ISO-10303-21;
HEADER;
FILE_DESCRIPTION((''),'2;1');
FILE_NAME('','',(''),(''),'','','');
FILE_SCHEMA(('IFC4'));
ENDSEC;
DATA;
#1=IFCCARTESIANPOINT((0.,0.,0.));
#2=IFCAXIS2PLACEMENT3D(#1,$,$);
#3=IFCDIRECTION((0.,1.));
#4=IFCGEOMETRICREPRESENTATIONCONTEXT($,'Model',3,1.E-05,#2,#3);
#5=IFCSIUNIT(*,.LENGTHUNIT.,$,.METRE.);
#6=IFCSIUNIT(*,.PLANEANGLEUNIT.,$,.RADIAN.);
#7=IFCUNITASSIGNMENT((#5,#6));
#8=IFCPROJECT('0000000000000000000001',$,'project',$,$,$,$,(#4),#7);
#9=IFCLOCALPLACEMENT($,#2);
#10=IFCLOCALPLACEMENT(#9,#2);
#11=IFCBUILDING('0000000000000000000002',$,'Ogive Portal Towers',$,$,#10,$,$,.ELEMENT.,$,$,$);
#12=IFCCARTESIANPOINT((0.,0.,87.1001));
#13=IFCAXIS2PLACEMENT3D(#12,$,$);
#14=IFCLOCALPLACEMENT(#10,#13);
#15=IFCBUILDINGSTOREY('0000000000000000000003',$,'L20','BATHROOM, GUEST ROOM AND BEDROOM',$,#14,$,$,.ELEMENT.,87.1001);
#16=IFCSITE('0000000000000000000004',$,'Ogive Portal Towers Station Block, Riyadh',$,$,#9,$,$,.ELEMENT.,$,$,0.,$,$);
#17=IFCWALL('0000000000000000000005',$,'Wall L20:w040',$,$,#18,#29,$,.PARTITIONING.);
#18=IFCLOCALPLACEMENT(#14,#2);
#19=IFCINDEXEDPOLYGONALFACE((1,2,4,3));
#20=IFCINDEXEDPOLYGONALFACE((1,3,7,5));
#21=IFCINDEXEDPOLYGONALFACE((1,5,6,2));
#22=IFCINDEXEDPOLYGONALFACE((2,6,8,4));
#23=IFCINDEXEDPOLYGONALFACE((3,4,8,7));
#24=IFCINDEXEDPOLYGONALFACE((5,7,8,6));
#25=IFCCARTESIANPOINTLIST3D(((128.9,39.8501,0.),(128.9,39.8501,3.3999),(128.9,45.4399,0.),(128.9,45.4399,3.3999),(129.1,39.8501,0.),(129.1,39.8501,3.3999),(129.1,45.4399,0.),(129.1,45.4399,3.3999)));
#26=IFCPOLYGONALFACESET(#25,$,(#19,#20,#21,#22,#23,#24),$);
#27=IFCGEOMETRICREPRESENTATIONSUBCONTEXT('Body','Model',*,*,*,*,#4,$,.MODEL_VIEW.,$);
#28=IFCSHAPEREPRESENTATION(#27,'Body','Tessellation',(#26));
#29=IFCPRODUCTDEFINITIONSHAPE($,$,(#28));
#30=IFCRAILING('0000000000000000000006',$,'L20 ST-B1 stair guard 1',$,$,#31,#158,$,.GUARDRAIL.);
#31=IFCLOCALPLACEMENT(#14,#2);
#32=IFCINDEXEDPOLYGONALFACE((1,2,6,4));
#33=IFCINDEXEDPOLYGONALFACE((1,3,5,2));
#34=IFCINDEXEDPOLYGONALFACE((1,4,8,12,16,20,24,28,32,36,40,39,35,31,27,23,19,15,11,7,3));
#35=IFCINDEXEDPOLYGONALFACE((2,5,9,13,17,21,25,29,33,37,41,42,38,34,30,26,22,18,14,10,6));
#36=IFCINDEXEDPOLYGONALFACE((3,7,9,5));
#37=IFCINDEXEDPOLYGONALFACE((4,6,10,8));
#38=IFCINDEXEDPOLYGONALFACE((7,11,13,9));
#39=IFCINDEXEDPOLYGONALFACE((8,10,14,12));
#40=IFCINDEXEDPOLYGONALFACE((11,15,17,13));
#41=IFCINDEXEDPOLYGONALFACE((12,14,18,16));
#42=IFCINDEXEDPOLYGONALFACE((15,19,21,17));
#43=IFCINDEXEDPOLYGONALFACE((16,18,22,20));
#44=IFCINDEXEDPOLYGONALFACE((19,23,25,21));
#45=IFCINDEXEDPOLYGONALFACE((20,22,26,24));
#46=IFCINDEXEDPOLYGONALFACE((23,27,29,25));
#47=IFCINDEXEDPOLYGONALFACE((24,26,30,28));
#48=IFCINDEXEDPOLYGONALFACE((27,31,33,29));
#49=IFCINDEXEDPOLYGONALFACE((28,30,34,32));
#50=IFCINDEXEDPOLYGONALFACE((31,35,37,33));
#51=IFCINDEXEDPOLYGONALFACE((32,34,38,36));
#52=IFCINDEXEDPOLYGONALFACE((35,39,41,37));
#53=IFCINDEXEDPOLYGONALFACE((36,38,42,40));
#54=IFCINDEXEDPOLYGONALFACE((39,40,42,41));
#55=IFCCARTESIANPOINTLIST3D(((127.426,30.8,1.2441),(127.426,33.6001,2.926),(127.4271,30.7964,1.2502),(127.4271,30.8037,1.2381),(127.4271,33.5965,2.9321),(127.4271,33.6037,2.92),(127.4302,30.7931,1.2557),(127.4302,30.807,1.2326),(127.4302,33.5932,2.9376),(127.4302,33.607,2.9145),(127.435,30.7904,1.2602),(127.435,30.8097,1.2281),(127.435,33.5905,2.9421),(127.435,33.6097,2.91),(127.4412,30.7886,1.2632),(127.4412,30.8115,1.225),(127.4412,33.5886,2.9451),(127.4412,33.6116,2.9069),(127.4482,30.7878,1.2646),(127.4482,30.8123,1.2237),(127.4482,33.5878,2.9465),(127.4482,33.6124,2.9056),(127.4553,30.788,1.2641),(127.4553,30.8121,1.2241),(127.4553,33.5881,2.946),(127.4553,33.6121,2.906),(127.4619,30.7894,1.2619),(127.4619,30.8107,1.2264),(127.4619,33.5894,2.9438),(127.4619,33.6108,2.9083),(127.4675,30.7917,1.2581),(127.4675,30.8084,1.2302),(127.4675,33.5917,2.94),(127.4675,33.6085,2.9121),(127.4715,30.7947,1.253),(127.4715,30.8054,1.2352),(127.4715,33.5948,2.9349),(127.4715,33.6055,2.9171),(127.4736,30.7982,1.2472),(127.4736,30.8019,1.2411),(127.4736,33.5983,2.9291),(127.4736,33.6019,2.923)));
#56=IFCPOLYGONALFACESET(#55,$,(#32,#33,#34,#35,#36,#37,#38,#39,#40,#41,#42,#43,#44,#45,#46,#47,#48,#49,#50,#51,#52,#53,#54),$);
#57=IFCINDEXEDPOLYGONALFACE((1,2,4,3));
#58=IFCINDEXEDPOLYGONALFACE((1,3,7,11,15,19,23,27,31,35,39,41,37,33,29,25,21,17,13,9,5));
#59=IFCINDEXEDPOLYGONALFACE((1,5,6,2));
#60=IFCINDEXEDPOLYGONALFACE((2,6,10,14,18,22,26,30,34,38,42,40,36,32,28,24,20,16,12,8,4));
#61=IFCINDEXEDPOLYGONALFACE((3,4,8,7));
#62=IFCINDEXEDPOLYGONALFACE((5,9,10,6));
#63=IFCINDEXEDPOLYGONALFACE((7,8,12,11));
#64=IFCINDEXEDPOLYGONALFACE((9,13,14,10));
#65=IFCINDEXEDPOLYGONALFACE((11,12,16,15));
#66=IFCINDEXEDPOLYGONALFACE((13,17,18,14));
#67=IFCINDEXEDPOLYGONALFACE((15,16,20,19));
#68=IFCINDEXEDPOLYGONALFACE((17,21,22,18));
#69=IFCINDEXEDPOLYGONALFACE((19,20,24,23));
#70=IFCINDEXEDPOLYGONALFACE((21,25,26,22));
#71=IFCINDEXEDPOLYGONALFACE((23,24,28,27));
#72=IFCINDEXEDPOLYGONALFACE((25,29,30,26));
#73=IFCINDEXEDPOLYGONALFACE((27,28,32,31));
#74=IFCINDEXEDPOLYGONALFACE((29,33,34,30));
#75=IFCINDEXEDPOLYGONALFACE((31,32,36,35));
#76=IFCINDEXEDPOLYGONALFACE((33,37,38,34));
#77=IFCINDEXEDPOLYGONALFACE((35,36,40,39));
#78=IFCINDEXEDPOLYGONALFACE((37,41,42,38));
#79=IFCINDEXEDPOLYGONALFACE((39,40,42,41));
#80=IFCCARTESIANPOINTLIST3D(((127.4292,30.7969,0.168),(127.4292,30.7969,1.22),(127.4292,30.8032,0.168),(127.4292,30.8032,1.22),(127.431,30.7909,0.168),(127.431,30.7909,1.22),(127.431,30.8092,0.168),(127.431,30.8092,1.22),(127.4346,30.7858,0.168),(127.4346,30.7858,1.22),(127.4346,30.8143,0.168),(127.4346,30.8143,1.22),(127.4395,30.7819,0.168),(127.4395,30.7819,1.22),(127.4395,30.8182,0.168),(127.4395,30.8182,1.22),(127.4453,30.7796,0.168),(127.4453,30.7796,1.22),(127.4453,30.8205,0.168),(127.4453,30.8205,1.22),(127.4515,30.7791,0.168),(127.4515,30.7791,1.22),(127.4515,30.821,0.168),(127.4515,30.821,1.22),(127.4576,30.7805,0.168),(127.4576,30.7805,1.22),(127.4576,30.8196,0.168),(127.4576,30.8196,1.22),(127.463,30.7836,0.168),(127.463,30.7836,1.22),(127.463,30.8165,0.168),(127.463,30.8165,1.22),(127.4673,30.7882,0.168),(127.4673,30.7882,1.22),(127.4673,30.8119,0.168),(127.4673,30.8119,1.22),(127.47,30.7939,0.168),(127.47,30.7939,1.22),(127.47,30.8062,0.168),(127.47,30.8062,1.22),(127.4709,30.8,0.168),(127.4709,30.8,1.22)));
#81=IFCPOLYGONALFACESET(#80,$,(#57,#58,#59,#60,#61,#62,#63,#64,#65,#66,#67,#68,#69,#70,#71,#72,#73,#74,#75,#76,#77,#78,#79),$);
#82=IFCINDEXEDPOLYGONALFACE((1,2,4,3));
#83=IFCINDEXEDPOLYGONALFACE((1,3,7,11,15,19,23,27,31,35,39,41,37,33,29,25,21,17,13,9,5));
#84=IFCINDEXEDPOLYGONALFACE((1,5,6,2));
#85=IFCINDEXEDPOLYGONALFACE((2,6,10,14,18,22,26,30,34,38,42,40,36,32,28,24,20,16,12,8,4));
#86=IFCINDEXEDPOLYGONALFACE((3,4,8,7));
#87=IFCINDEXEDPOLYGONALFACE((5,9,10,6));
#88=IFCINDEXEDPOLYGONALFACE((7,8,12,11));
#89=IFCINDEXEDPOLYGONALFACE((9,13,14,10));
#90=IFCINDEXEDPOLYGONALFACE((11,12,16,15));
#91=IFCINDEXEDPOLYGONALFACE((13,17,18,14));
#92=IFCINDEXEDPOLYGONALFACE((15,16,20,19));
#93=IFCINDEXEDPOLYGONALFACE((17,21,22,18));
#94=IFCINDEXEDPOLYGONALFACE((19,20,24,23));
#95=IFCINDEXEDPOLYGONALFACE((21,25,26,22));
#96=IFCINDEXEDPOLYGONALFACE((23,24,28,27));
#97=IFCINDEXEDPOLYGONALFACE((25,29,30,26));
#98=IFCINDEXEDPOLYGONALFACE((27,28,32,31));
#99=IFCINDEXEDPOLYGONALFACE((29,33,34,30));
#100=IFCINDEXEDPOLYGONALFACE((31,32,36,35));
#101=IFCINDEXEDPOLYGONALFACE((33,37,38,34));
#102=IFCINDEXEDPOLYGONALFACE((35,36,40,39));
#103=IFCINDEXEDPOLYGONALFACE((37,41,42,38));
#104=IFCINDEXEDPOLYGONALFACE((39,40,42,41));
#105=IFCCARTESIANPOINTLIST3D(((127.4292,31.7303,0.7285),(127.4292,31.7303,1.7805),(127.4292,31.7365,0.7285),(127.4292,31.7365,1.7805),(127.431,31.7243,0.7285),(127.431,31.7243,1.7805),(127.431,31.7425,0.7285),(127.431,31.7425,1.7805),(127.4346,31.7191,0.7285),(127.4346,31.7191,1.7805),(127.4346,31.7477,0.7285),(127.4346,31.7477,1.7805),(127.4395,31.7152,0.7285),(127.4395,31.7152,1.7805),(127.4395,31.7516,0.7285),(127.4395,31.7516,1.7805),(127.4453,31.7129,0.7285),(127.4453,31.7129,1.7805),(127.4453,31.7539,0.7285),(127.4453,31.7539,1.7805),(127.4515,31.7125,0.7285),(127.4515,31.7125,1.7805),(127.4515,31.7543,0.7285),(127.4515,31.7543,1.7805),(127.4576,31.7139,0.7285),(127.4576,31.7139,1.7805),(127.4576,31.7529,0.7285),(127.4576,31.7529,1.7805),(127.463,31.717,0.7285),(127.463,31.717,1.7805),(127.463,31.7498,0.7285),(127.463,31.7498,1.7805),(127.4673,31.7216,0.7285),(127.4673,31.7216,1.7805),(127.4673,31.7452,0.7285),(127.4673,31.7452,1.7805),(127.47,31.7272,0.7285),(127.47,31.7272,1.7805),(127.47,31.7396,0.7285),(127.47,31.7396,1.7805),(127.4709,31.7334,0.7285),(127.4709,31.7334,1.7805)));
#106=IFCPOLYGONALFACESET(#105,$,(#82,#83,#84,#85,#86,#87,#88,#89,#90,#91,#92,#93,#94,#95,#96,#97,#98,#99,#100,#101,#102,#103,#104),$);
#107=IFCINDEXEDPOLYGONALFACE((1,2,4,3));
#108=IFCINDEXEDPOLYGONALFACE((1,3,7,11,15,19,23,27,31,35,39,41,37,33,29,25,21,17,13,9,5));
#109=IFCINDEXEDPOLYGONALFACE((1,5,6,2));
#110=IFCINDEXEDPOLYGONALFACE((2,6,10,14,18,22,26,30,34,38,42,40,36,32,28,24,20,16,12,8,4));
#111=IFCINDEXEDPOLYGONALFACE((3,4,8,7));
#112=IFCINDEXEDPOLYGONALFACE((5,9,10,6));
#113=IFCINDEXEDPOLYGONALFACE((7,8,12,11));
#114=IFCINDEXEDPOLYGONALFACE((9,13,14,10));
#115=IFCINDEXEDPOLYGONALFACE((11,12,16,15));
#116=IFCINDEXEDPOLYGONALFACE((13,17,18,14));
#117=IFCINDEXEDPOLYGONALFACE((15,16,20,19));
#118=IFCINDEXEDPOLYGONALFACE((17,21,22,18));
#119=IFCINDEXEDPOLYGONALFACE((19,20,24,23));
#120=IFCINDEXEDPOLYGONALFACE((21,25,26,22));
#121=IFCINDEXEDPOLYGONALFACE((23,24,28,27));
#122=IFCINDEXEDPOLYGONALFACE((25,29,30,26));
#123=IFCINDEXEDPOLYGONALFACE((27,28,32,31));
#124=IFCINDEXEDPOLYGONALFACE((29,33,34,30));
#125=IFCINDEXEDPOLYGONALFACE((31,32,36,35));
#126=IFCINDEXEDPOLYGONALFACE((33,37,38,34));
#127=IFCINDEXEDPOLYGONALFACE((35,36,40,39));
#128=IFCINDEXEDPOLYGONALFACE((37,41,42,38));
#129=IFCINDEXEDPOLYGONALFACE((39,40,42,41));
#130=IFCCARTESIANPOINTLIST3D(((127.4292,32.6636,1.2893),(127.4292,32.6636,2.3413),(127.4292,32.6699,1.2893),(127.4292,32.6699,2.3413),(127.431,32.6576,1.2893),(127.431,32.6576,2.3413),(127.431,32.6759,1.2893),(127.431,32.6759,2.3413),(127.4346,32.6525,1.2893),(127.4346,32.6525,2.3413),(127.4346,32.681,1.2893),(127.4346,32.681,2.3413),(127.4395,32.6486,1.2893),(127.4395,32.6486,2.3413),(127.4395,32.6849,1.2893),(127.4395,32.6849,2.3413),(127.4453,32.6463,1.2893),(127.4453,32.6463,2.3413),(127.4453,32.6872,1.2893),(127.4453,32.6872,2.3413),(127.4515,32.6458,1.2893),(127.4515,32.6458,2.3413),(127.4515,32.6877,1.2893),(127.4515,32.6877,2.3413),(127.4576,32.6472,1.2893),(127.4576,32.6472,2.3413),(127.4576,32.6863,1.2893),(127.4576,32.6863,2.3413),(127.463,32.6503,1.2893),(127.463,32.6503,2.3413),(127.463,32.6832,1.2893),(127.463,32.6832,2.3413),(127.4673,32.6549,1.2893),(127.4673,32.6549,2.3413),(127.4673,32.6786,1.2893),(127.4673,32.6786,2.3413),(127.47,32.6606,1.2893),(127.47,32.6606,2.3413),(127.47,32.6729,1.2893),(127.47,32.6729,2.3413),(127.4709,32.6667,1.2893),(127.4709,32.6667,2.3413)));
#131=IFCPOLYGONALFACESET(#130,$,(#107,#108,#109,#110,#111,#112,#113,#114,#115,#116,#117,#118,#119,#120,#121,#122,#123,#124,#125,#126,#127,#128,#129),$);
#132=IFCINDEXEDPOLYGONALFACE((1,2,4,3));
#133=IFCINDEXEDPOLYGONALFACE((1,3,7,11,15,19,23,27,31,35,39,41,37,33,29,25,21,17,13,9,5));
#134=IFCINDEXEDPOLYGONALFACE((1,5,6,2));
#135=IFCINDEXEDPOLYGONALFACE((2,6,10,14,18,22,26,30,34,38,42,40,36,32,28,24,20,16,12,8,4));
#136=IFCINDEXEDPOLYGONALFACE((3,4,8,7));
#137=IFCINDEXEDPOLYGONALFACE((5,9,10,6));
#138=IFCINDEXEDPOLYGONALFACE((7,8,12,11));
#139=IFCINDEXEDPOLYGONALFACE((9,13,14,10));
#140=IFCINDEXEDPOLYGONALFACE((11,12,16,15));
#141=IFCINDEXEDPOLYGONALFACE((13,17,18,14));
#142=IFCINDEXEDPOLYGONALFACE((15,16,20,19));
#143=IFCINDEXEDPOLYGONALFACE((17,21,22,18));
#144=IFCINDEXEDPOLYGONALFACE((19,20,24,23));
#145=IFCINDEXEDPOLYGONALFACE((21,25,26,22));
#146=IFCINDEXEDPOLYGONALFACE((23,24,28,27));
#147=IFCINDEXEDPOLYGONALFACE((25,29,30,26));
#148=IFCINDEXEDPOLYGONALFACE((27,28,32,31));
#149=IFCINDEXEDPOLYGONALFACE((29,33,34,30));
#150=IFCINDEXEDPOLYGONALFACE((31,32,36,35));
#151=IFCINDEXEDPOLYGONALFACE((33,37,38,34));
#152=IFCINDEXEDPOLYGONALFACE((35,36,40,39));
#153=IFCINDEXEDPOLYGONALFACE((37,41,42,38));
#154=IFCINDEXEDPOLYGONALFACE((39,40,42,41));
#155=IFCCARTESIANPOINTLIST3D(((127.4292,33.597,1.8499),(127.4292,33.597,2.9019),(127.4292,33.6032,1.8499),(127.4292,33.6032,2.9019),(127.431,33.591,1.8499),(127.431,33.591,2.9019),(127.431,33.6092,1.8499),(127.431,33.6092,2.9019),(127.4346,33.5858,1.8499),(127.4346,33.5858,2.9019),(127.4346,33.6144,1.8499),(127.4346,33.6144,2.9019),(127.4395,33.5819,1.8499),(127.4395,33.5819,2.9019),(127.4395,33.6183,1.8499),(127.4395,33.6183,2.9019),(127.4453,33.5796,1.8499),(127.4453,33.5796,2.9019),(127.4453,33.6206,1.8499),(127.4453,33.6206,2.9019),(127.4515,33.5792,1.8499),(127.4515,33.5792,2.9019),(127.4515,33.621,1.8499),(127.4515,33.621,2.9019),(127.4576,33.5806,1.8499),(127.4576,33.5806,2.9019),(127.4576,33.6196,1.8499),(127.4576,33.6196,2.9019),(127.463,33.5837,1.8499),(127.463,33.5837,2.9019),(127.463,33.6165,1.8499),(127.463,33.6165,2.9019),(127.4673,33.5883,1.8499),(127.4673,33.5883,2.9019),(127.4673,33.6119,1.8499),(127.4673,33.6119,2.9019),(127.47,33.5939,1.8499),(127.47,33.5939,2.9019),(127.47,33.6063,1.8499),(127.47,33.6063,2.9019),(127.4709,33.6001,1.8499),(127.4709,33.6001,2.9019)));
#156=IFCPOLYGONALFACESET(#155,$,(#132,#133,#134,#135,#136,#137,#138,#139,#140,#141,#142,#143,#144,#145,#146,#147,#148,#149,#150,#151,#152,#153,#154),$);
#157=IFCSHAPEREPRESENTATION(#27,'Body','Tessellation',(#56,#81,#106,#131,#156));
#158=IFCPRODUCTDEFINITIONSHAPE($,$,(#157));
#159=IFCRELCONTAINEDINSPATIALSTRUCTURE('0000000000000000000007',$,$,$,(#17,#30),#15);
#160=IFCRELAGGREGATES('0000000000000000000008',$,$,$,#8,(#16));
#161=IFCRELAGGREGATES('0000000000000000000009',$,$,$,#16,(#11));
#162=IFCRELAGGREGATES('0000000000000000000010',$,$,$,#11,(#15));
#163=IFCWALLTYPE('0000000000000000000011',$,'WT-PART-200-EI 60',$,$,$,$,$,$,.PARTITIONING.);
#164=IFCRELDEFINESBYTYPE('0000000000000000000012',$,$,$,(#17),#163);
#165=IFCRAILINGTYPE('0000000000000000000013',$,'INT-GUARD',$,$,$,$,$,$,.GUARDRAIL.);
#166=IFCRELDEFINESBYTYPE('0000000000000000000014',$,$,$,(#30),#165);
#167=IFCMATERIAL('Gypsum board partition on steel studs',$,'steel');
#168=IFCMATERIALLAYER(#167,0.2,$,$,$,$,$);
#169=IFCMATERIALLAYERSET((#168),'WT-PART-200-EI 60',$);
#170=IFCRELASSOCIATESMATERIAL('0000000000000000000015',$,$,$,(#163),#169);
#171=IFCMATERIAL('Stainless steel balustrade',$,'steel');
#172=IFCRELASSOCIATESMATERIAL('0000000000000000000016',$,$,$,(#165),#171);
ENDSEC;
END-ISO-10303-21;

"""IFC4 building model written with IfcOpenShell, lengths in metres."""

from ifc_helpers import new_model, si_unit, direction, frame, frame_2d, origin, origin_2d, place, context, subcontext, project, spatial, rectangle, circle, extrude, material, layer, layer_set, type_object, element, save


model = new_model("IFC4")

# Units and contexts
model_context = context("Model", 3, precision=1e-05, world=origin(), true_north=direction((0.0, 1.0)))
body_context = subcontext(model_context, "Body", "Model", "MODEL_VIEW")
ifc_project = project(units=[si_unit("LENGTHUNIT", "METRE"), si_unit("PLANEANGLEUNIT", "RADIAN")], contexts=[model_context])

# Site, building, storey
site_placement = place(None, origin())
site = spatial("IfcSite", under=ifc_project, at=site_placement, Name="Ogive Portal Towers Station Block, Riyadh", CompositionType="ELEMENT", RefElevation=0.0)
building_placement = place(site_placement, origin())
building = spatial("IfcBuilding", under=site, at=building_placement, Name="Ogive Portal Towers", CompositionType="ELEMENT")
storey_placement = place(building_placement, frame((0.0, 0.0, 87.1001)))
storey = spatial("IfcBuildingStorey", under=building, at=storey_placement, Name="L20", Description="BATHROOM, GUEST ROOM AND BEDROOM", CompositionType="ELEMENT", Elevation=87.1001)

# Wall
ifc_material_1 = material(Name="Gypsum board partition on steel studs", Category="steel")
ifc_layer_1 = layer(ifc_material_1, 0.2)
ifc_layer_set_1 = layer_set([ifc_layer_1], Name="WT-PART-200-EI 60")
wall_type_1 = type_object("IfcWallType", Name="WT-PART-200-EI 60", PredefinedType="PARTITIONING", material=ifc_layer_set_1)
wall_1_placement = place(storey_placement, frame((129.0, 39.8501, 0.0), z_axis=(0.0, 0.0, 1.0), x_axis=(0.0, 1.0, 0.0)))
element("IfcWall", 1, at=wall_1_placement, inside=storey, type_object=wall_type_1, Name="Wall L20:w040", PredefinedType="PARTITIONING", context=body_context, shape_type="SweptSolid", body=[
    extrude(rectangle(XDim=5.5898, YDim=0.2, at=frame_2d((2.7949, 0.0))), origin(), (0.0, 0.0, 1.0), 3.3999),
])

# Railing
ifc_material_2 = material(Name="Stainless steel balustrade", Category="steel")
railing_type_1 = type_object("IfcRailingType", Name="INT-GUARD", PredefinedType="GUARDRAIL", material=ifc_material_2)
railing_1_placement = place(storey_placement, frame((127.45, 30.8, 0.168)))
element("IfcRailing", 2, at=railing_1_placement, inside=storey, type_object=railing_type_1, Name="L20 ST-B1 stair guard 1", PredefinedType="GUARDRAIL", context=body_context, shape_type="SweptSolid", body=[
    extrude(circle(Radius=0.0239, at=origin_2d()), frame((0.0, 0.0, 1.0762), z_axis=(0.0, 0.857242, 0.514913), x_axis=(-1.0, 0.0, 0.0)), (0.0, 0.0, 1.0), 3.2664),
    extrude(circle(Radius=0.021, at=origin_2d()), origin(), (0.0, 0.0, 1.0), 1.052),
    extrude(circle(Radius=0.021, at=origin_2d()), frame((0.0, 0.9333, 0.5605)), (0.0, 0.0, 1.0), 1.052),
    extrude(circle(Radius=0.021, at=origin_2d()), frame((0.0, 1.8667, 1.1213)), (0.0, 0.0, 1.0), 1.052),
    extrude(circle(Radius=0.021, at=origin_2d()), frame((0.0, 2.8, 1.6819)), (0.0, 0.0, 1.0), 1.052),
])

save(model, "model.ifc")
